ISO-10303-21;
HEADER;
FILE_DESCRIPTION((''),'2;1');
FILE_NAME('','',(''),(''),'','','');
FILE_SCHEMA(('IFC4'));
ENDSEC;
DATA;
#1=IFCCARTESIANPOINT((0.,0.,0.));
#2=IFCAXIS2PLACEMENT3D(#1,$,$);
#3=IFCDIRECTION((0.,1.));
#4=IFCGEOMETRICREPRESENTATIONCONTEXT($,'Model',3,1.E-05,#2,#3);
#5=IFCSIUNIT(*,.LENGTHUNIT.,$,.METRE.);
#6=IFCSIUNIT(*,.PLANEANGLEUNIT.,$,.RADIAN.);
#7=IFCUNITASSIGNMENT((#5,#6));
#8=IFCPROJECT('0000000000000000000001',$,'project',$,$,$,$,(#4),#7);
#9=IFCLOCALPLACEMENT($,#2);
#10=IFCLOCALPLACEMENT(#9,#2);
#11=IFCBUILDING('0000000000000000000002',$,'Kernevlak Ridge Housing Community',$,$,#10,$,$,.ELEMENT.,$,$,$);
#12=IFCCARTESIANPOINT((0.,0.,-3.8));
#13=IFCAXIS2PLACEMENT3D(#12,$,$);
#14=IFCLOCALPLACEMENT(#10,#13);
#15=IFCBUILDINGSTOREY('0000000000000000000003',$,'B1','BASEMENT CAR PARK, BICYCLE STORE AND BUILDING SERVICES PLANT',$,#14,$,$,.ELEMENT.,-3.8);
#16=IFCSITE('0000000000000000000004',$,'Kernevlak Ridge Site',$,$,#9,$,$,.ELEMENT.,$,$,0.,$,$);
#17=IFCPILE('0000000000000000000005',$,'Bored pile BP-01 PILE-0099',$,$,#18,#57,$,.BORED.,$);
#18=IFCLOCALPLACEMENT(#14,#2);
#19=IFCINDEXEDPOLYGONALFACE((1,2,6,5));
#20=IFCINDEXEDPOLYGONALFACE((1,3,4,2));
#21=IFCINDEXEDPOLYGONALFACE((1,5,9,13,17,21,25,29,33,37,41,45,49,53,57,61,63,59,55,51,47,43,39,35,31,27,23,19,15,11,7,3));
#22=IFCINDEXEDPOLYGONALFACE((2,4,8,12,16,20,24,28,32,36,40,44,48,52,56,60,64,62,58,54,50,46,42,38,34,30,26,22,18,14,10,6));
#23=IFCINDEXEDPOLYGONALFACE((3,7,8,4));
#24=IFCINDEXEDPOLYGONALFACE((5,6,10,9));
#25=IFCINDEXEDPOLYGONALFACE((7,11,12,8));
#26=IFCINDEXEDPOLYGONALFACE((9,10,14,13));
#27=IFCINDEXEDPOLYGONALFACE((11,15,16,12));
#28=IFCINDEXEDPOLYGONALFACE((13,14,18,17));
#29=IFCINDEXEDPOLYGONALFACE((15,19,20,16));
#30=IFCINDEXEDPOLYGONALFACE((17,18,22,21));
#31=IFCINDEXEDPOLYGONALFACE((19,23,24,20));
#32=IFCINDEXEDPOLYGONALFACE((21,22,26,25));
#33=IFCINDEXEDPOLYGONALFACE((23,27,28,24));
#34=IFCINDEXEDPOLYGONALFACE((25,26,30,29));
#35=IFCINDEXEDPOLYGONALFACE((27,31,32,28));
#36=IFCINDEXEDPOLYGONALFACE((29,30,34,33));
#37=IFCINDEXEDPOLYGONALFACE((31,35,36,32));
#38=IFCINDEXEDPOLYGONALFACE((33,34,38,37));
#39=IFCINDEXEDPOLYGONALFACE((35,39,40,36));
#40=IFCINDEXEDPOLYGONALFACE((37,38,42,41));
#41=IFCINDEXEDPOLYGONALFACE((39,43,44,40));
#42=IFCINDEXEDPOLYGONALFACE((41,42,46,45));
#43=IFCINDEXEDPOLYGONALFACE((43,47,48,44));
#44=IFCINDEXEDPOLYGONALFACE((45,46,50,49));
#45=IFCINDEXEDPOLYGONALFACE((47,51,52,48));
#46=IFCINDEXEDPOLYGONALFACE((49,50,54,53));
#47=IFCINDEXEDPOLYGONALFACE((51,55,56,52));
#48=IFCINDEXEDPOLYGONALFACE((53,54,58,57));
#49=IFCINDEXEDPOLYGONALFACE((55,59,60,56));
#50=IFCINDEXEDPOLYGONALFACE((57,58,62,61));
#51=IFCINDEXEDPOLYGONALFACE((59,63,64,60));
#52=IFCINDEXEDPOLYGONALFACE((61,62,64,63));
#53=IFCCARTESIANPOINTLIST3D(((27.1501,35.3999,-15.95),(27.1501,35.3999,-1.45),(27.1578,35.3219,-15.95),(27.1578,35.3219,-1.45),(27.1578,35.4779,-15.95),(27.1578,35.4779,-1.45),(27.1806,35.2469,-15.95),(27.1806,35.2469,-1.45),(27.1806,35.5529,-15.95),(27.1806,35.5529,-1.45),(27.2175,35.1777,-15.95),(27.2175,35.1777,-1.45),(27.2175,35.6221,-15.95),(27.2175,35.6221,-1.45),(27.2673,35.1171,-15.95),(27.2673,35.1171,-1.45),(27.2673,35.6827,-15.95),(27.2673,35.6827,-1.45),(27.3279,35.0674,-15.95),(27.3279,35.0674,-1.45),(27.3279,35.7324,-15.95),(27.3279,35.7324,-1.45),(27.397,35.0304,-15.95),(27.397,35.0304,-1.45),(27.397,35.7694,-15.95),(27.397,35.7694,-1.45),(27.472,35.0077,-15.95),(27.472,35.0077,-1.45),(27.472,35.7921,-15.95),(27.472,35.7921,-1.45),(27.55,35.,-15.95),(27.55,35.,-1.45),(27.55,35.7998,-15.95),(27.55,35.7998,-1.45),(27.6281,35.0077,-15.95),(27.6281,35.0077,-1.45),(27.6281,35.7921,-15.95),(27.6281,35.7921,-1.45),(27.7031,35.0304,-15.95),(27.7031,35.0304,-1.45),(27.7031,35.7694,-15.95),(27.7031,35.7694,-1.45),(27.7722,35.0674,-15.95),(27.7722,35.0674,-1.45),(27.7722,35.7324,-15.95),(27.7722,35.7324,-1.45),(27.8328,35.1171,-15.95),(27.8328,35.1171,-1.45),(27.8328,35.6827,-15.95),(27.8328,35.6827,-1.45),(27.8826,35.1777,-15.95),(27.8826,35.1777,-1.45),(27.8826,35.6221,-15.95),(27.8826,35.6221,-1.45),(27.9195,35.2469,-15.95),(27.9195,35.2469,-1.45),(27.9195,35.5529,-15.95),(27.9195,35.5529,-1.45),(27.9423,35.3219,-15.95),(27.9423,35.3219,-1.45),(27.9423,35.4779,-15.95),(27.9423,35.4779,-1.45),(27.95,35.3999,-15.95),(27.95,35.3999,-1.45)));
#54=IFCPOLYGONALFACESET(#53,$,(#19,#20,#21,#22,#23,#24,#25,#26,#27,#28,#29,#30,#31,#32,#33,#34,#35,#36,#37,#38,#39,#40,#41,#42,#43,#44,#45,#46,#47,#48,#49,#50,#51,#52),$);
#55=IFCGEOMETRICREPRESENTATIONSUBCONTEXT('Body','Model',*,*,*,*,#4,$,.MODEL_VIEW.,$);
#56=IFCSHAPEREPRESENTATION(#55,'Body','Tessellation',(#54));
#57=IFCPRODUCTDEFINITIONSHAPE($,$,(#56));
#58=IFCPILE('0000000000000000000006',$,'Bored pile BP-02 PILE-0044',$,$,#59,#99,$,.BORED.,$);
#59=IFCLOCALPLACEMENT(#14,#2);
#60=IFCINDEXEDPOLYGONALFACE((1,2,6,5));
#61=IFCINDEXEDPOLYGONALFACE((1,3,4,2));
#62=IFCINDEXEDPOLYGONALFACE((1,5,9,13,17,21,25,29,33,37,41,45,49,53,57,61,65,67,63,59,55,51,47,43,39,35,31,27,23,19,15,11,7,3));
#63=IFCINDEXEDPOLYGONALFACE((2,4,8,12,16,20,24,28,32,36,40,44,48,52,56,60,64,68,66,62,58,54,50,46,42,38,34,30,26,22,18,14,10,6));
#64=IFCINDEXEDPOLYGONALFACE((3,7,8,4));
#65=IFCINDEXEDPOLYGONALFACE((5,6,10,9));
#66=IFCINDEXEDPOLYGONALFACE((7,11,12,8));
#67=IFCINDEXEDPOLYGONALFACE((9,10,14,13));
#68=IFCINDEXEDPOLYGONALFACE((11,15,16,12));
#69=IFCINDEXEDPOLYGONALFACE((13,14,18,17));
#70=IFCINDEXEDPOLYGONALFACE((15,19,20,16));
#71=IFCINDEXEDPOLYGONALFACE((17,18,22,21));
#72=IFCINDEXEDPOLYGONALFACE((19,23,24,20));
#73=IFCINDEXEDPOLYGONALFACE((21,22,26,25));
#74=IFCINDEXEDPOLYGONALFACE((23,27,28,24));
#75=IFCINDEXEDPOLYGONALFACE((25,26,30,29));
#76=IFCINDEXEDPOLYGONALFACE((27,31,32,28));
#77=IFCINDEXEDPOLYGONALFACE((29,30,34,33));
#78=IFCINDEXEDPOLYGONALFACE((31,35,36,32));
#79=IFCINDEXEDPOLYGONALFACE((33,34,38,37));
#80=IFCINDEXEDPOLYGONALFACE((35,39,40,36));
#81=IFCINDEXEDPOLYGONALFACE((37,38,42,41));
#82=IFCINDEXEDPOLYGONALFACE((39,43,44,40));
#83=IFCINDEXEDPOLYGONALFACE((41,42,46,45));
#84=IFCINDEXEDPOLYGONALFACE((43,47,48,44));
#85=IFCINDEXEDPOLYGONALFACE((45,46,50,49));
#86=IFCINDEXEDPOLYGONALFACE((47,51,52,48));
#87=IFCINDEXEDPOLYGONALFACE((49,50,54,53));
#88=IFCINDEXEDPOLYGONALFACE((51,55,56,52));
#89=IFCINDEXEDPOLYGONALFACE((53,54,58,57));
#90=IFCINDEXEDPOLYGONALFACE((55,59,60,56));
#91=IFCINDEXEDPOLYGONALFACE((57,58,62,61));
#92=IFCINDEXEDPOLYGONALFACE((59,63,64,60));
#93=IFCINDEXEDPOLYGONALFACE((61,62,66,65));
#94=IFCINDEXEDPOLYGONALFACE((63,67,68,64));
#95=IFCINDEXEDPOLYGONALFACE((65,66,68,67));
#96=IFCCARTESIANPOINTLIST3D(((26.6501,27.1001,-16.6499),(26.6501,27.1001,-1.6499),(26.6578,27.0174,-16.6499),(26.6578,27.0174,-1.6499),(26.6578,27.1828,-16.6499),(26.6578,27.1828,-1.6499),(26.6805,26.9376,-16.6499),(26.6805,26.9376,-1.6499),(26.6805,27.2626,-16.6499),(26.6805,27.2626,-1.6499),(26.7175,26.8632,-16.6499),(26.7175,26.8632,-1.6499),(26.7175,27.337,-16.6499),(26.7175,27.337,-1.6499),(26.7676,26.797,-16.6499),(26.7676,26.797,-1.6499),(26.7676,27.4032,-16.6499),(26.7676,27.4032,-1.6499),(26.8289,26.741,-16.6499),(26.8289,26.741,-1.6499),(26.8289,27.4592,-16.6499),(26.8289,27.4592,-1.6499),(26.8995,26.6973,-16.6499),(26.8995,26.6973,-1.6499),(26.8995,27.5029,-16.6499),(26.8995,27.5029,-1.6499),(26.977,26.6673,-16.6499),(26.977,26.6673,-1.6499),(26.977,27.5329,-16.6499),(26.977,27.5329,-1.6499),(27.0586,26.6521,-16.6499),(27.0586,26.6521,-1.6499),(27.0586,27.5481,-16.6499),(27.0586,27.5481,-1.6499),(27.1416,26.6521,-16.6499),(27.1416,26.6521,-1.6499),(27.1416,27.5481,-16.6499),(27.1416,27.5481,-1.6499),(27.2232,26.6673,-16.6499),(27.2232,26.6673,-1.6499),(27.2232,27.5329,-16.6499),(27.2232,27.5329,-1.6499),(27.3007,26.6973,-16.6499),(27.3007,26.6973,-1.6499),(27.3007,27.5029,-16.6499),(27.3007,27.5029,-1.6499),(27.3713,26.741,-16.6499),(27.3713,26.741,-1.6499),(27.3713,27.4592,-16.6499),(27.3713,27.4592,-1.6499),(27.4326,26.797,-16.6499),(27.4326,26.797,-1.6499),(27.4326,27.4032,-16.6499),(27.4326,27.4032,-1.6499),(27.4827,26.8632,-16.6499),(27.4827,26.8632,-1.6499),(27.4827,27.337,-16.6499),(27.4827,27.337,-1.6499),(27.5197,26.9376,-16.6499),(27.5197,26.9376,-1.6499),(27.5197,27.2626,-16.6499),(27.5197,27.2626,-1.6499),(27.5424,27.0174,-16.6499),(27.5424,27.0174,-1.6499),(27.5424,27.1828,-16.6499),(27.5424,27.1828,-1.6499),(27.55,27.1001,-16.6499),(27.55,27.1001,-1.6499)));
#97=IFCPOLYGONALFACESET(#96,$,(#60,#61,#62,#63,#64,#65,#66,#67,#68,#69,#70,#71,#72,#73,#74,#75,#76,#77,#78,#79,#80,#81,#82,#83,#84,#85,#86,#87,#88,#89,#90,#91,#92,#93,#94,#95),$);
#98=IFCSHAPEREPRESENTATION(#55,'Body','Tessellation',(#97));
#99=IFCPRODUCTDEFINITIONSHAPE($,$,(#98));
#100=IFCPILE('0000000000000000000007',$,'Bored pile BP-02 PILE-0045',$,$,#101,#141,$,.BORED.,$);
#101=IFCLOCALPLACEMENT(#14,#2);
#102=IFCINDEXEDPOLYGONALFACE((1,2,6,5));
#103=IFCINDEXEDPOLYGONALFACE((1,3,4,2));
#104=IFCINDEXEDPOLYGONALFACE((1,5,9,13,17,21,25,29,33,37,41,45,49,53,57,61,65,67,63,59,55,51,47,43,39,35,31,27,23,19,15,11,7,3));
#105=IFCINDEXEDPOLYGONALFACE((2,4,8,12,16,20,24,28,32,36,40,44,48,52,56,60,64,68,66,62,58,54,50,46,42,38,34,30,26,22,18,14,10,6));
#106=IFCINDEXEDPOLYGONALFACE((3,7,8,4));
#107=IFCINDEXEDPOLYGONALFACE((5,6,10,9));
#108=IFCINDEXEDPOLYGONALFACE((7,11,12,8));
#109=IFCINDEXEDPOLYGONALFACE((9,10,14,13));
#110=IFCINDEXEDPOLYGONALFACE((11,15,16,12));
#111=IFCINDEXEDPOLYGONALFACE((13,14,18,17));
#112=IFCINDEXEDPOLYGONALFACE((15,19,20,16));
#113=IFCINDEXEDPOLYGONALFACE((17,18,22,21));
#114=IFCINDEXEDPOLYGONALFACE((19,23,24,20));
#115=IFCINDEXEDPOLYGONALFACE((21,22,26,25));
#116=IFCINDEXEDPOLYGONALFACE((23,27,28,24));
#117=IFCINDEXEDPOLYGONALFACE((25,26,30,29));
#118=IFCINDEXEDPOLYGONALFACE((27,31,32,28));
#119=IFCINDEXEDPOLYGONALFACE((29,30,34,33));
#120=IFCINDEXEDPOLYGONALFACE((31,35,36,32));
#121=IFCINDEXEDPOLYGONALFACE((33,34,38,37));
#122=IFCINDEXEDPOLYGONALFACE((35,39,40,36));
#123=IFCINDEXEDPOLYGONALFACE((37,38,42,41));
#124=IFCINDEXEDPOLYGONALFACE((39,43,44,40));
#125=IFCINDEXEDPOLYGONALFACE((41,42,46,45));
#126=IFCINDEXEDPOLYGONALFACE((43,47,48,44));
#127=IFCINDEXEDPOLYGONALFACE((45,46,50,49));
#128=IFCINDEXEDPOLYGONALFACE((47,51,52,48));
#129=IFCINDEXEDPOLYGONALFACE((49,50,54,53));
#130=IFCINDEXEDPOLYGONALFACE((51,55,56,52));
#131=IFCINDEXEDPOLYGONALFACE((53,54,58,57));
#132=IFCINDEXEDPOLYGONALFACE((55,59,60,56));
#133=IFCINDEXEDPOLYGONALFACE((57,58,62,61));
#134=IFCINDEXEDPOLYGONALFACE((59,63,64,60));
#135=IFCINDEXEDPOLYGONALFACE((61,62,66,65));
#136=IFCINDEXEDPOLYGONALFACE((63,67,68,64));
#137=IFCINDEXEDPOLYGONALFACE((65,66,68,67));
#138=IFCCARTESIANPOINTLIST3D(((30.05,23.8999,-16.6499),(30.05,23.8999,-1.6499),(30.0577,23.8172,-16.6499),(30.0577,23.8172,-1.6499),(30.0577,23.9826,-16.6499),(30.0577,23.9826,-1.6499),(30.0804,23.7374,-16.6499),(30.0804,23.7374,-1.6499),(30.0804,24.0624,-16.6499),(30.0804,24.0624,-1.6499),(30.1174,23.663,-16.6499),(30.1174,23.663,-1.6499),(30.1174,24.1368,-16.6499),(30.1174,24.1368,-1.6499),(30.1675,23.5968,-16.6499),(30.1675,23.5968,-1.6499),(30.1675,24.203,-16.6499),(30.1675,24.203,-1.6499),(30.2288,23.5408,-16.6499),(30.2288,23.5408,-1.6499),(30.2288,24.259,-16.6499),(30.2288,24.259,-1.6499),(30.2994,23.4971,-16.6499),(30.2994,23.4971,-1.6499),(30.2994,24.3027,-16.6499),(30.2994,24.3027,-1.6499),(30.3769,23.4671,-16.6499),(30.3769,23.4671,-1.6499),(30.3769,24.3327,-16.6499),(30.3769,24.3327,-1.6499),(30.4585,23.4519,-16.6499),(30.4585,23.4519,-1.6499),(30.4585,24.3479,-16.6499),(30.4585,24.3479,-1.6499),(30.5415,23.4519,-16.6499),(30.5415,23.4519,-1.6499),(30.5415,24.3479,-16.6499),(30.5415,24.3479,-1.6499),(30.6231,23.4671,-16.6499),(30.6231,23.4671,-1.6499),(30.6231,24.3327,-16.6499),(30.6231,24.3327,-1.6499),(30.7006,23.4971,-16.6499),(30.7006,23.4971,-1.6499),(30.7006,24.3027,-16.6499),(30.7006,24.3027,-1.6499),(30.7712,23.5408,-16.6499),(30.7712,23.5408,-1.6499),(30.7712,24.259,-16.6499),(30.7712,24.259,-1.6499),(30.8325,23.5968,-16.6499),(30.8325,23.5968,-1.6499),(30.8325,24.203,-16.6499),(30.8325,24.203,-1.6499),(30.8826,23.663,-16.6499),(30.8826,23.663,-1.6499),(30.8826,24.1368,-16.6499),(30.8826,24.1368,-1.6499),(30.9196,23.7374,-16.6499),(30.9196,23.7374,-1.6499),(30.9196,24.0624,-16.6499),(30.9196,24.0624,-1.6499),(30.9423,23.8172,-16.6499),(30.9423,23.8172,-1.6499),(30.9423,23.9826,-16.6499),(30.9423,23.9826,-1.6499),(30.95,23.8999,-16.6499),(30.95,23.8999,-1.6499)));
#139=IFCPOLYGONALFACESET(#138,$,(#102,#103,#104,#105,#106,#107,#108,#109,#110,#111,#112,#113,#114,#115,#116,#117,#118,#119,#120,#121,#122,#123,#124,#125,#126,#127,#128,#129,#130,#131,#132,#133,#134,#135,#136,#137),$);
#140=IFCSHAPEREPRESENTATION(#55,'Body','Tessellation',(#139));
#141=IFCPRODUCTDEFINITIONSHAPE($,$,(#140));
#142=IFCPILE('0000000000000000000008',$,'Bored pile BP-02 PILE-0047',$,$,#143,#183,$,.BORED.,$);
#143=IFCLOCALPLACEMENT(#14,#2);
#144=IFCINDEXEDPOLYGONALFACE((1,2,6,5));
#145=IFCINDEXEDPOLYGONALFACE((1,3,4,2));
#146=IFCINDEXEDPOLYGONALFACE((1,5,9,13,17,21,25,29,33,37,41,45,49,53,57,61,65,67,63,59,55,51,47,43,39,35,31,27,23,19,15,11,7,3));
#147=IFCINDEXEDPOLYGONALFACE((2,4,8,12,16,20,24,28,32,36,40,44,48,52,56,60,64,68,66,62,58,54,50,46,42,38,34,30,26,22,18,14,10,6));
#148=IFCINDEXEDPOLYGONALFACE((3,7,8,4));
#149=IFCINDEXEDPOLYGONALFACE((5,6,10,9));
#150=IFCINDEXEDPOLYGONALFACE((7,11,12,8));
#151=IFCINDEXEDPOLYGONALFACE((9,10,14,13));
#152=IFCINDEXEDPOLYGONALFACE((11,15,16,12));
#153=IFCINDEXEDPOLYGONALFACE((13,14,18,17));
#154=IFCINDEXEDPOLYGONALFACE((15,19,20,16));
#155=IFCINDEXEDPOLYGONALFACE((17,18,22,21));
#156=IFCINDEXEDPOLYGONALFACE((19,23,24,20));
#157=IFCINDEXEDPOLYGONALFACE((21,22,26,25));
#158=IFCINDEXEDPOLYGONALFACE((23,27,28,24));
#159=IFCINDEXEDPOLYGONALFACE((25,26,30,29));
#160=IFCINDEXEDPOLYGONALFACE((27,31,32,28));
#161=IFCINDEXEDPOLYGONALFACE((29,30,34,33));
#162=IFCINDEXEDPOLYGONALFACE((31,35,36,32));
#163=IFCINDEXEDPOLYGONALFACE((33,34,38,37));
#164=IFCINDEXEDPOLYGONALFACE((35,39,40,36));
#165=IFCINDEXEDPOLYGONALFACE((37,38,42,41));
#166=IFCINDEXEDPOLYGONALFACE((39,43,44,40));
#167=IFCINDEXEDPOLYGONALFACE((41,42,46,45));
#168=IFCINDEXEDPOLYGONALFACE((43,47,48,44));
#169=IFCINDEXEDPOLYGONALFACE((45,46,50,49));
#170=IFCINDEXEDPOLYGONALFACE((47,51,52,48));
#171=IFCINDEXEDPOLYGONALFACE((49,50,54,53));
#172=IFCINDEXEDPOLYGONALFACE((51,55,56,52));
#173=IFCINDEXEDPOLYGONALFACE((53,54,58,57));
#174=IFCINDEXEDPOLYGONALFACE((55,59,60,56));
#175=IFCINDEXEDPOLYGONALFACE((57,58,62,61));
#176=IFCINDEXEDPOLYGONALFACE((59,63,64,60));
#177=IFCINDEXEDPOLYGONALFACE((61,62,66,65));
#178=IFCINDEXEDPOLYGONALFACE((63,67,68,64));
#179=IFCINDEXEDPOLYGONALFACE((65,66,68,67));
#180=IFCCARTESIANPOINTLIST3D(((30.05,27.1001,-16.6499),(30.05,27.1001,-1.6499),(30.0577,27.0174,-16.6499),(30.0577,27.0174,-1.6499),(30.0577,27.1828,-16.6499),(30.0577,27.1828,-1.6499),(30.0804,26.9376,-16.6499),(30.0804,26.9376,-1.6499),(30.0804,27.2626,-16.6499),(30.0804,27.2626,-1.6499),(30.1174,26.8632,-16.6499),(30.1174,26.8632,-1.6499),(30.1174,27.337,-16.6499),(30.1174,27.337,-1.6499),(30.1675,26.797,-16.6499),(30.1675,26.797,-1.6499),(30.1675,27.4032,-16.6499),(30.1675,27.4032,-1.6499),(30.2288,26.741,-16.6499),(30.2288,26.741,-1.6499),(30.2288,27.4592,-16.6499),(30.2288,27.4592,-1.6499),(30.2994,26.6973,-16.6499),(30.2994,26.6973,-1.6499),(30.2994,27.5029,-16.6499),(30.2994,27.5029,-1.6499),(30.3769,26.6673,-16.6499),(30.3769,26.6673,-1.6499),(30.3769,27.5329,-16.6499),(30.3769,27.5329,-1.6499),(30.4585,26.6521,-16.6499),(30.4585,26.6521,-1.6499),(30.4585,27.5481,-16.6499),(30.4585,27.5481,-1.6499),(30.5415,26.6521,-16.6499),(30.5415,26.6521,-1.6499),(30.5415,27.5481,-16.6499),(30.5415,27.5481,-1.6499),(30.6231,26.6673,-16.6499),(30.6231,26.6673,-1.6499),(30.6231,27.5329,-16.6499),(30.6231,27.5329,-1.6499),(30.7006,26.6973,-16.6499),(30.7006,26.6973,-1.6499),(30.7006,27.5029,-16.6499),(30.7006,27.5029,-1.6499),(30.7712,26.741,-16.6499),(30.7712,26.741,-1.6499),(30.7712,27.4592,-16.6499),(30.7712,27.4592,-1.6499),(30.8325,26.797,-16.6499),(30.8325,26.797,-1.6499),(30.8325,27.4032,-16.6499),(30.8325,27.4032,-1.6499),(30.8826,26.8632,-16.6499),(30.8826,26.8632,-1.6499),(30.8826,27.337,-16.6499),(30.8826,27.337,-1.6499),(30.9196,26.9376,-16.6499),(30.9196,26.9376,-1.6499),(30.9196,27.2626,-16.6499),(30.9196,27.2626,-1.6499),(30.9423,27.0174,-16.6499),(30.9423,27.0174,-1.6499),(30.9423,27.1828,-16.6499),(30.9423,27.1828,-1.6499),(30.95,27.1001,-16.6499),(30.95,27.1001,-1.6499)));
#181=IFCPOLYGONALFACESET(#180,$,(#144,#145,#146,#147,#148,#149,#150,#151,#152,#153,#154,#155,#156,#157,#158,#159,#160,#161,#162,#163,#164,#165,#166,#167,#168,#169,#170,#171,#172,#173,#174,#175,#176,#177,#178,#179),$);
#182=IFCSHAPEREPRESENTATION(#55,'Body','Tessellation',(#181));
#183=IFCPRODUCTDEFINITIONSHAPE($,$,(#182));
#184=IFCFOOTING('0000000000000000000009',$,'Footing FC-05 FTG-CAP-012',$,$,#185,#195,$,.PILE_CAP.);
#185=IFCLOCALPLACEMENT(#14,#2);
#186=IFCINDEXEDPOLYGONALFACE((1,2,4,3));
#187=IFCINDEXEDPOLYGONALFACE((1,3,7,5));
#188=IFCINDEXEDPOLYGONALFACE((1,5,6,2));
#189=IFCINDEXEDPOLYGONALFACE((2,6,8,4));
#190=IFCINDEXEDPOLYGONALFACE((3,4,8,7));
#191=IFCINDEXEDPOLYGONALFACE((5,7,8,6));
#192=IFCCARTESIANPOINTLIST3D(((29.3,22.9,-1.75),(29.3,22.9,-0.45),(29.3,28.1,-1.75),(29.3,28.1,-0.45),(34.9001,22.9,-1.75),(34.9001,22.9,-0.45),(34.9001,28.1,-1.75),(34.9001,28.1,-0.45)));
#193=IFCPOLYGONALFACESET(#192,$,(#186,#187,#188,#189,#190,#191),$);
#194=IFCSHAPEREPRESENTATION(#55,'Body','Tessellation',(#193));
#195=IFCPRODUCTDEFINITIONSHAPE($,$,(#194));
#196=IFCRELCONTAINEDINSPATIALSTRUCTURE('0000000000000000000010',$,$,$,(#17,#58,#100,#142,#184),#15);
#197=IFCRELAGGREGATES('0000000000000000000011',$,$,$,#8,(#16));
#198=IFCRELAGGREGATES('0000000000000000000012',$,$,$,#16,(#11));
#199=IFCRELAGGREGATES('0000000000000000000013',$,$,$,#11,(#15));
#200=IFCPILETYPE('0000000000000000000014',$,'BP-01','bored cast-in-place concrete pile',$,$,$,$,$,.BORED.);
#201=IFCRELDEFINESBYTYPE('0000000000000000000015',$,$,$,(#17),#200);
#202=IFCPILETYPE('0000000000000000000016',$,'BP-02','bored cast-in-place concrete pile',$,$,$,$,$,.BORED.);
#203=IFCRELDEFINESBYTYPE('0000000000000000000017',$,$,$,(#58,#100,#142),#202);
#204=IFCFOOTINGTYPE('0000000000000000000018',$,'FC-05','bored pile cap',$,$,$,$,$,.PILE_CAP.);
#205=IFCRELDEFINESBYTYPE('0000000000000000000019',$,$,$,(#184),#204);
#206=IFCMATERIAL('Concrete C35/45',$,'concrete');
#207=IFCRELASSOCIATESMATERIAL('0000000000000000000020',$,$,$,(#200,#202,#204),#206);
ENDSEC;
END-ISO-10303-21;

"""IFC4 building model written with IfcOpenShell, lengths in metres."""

from ifc_helpers import new_model, si_unit, direction, frame, origin, origin_2d, place, context, subcontext, project, spatial, rectangle, circle, extrude, material, material_profile, profile_set, type_object, element, save


model = new_model("IFC4")

# Units and contexts
model_context = context("Model", 3, precision=1e-05, world=origin(), true_north=direction((0.0, 1.0)))
body_context = subcontext(model_context, "Body", "Model", "MODEL_VIEW")
ifc_project = project(units=[si_unit("LENGTHUNIT", "METRE"), si_unit("PLANEANGLEUNIT", "RADIAN")], contexts=[model_context])

# Site, building, storey
site_placement = place(None, origin())
site = spatial("IfcSite", under=ifc_project, at=site_placement, Name="Kernevlak Ridge Site", CompositionType="ELEMENT", RefElevation=0.0)
building_placement = place(site_placement, origin())
building = spatial("IfcBuilding", under=site, at=building_placement, Name="Kernevlak Ridge Housing Community", CompositionType="ELEMENT")
storey_placement = place(building_placement, frame((0.0, 0.0, -3.8)))
storey = spatial("IfcBuildingStorey", under=building, at=storey_placement, Name="B1", Description="BASEMENT CAR PARK, BICYCLE STORE AND BUILDING SERVICES PLANT", CompositionType="ELEMENT", Elevation=-3.8)

# Piles
ifc_material_1 = material(Name="Concrete C35/45", Category="concrete")
ifc_material_profile_1 = material_profile(ifc_material_1, circle(Radius=0.3999, at=origin_2d()), Name="BORED PILE 800")
ifc_profile_set_1 = profile_set([ifc_material_profile_1], Name="Concrete C35/45")
pile_type_1 = type_object("IfcPileType", Name="BP-01", Description="bored cast-in-place concrete pile", PredefinedType="BORED", material=ifc_profile_set_1)
pile_placement = place(storey_placement, frame((27.55, 35.3999, -1.45), z_axis=(0.0, 0.0, -1.0), x_axis=(1.0, 0.0, 0.0)))
element("IfcPile", 1, at=pile_placement, inside=storey, type_object=pile_type_1, Name="Bored pile BP-01 PILE-0099", PredefinedType="BORED", context=body_context, shape_type="SweptSolid", body=[
    extrude(circle(Radius=0.3999, at=origin_2d()), origin(), (0.0, 0.0, 1.0), 14.5),
])
ifc_material_profile_2 = material_profile(ifc_material_1, circle(Radius=0.45, at=origin_2d()), Name="BORED PILE 900")
ifc_profile_set_2 = profile_set([ifc_material_profile_2], Name="Concrete C35/45")
pile_type_2 = type_object("IfcPileType", Name="BP-02", Description="bored cast-in-place concrete pile", PredefinedType="BORED", material=ifc_profile_set_2)
for number, where, z_axis, x_axis, name in (
    (2, (27.1001, 27.1001, -1.6499), (0.0, 0.0, -1.0), (1.0, 0.0, 0.0), "Bored pile BP-02 PILE-0044"),
    (3, (30.5, 23.8999, -1.6499), (0.0, 0.0, -1.0), (1.0, 0.0, 0.0), "Bored pile BP-02 PILE-0045"),
    (4, (30.5, 27.1001, -1.6499), (0.0, 0.0, -1.0), (1.0, 0.0, 0.0), "Bored pile BP-02 PILE-0047"),
):
    element("IfcPile", number, at=place(storey_placement, frame(where, z_axis=z_axis, x_axis=x_axis)), inside=storey, type_object=pile_type_2, Name=name, PredefinedType="BORED", context=body_context, shape_type="SweptSolid", body=[
        extrude(circle(Radius=0.45, at=origin_2d()), origin(), (0.0, 0.0, 1.0), 15.0),
    ])

# Footing
footing_type = type_object("IfcFootingType", Name="FC-05", Description="bored pile cap", PredefinedType="PILE_CAP", material=ifc_material_1)
footing_placement = place(storey_placement, frame((32.1001, 25.5, -1.75), z_axis=(0.0, 0.0, 1.0), x_axis=(1.0, 0.0, 0.0)))
element("IfcFooting", 5, at=footing_placement, inside=storey, type_object=footing_type, Name="Footing FC-05 FTG-CAP-012", PredefinedType="PILE_CAP", context=body_context, shape_type="SweptSolid", body=[
    extrude(rectangle(XDim=5.6001, YDim=5.2, at=origin_2d()), origin(), (0.0, 0.0, 1.0), 1.3),
])

save(model, "model.ifc")
